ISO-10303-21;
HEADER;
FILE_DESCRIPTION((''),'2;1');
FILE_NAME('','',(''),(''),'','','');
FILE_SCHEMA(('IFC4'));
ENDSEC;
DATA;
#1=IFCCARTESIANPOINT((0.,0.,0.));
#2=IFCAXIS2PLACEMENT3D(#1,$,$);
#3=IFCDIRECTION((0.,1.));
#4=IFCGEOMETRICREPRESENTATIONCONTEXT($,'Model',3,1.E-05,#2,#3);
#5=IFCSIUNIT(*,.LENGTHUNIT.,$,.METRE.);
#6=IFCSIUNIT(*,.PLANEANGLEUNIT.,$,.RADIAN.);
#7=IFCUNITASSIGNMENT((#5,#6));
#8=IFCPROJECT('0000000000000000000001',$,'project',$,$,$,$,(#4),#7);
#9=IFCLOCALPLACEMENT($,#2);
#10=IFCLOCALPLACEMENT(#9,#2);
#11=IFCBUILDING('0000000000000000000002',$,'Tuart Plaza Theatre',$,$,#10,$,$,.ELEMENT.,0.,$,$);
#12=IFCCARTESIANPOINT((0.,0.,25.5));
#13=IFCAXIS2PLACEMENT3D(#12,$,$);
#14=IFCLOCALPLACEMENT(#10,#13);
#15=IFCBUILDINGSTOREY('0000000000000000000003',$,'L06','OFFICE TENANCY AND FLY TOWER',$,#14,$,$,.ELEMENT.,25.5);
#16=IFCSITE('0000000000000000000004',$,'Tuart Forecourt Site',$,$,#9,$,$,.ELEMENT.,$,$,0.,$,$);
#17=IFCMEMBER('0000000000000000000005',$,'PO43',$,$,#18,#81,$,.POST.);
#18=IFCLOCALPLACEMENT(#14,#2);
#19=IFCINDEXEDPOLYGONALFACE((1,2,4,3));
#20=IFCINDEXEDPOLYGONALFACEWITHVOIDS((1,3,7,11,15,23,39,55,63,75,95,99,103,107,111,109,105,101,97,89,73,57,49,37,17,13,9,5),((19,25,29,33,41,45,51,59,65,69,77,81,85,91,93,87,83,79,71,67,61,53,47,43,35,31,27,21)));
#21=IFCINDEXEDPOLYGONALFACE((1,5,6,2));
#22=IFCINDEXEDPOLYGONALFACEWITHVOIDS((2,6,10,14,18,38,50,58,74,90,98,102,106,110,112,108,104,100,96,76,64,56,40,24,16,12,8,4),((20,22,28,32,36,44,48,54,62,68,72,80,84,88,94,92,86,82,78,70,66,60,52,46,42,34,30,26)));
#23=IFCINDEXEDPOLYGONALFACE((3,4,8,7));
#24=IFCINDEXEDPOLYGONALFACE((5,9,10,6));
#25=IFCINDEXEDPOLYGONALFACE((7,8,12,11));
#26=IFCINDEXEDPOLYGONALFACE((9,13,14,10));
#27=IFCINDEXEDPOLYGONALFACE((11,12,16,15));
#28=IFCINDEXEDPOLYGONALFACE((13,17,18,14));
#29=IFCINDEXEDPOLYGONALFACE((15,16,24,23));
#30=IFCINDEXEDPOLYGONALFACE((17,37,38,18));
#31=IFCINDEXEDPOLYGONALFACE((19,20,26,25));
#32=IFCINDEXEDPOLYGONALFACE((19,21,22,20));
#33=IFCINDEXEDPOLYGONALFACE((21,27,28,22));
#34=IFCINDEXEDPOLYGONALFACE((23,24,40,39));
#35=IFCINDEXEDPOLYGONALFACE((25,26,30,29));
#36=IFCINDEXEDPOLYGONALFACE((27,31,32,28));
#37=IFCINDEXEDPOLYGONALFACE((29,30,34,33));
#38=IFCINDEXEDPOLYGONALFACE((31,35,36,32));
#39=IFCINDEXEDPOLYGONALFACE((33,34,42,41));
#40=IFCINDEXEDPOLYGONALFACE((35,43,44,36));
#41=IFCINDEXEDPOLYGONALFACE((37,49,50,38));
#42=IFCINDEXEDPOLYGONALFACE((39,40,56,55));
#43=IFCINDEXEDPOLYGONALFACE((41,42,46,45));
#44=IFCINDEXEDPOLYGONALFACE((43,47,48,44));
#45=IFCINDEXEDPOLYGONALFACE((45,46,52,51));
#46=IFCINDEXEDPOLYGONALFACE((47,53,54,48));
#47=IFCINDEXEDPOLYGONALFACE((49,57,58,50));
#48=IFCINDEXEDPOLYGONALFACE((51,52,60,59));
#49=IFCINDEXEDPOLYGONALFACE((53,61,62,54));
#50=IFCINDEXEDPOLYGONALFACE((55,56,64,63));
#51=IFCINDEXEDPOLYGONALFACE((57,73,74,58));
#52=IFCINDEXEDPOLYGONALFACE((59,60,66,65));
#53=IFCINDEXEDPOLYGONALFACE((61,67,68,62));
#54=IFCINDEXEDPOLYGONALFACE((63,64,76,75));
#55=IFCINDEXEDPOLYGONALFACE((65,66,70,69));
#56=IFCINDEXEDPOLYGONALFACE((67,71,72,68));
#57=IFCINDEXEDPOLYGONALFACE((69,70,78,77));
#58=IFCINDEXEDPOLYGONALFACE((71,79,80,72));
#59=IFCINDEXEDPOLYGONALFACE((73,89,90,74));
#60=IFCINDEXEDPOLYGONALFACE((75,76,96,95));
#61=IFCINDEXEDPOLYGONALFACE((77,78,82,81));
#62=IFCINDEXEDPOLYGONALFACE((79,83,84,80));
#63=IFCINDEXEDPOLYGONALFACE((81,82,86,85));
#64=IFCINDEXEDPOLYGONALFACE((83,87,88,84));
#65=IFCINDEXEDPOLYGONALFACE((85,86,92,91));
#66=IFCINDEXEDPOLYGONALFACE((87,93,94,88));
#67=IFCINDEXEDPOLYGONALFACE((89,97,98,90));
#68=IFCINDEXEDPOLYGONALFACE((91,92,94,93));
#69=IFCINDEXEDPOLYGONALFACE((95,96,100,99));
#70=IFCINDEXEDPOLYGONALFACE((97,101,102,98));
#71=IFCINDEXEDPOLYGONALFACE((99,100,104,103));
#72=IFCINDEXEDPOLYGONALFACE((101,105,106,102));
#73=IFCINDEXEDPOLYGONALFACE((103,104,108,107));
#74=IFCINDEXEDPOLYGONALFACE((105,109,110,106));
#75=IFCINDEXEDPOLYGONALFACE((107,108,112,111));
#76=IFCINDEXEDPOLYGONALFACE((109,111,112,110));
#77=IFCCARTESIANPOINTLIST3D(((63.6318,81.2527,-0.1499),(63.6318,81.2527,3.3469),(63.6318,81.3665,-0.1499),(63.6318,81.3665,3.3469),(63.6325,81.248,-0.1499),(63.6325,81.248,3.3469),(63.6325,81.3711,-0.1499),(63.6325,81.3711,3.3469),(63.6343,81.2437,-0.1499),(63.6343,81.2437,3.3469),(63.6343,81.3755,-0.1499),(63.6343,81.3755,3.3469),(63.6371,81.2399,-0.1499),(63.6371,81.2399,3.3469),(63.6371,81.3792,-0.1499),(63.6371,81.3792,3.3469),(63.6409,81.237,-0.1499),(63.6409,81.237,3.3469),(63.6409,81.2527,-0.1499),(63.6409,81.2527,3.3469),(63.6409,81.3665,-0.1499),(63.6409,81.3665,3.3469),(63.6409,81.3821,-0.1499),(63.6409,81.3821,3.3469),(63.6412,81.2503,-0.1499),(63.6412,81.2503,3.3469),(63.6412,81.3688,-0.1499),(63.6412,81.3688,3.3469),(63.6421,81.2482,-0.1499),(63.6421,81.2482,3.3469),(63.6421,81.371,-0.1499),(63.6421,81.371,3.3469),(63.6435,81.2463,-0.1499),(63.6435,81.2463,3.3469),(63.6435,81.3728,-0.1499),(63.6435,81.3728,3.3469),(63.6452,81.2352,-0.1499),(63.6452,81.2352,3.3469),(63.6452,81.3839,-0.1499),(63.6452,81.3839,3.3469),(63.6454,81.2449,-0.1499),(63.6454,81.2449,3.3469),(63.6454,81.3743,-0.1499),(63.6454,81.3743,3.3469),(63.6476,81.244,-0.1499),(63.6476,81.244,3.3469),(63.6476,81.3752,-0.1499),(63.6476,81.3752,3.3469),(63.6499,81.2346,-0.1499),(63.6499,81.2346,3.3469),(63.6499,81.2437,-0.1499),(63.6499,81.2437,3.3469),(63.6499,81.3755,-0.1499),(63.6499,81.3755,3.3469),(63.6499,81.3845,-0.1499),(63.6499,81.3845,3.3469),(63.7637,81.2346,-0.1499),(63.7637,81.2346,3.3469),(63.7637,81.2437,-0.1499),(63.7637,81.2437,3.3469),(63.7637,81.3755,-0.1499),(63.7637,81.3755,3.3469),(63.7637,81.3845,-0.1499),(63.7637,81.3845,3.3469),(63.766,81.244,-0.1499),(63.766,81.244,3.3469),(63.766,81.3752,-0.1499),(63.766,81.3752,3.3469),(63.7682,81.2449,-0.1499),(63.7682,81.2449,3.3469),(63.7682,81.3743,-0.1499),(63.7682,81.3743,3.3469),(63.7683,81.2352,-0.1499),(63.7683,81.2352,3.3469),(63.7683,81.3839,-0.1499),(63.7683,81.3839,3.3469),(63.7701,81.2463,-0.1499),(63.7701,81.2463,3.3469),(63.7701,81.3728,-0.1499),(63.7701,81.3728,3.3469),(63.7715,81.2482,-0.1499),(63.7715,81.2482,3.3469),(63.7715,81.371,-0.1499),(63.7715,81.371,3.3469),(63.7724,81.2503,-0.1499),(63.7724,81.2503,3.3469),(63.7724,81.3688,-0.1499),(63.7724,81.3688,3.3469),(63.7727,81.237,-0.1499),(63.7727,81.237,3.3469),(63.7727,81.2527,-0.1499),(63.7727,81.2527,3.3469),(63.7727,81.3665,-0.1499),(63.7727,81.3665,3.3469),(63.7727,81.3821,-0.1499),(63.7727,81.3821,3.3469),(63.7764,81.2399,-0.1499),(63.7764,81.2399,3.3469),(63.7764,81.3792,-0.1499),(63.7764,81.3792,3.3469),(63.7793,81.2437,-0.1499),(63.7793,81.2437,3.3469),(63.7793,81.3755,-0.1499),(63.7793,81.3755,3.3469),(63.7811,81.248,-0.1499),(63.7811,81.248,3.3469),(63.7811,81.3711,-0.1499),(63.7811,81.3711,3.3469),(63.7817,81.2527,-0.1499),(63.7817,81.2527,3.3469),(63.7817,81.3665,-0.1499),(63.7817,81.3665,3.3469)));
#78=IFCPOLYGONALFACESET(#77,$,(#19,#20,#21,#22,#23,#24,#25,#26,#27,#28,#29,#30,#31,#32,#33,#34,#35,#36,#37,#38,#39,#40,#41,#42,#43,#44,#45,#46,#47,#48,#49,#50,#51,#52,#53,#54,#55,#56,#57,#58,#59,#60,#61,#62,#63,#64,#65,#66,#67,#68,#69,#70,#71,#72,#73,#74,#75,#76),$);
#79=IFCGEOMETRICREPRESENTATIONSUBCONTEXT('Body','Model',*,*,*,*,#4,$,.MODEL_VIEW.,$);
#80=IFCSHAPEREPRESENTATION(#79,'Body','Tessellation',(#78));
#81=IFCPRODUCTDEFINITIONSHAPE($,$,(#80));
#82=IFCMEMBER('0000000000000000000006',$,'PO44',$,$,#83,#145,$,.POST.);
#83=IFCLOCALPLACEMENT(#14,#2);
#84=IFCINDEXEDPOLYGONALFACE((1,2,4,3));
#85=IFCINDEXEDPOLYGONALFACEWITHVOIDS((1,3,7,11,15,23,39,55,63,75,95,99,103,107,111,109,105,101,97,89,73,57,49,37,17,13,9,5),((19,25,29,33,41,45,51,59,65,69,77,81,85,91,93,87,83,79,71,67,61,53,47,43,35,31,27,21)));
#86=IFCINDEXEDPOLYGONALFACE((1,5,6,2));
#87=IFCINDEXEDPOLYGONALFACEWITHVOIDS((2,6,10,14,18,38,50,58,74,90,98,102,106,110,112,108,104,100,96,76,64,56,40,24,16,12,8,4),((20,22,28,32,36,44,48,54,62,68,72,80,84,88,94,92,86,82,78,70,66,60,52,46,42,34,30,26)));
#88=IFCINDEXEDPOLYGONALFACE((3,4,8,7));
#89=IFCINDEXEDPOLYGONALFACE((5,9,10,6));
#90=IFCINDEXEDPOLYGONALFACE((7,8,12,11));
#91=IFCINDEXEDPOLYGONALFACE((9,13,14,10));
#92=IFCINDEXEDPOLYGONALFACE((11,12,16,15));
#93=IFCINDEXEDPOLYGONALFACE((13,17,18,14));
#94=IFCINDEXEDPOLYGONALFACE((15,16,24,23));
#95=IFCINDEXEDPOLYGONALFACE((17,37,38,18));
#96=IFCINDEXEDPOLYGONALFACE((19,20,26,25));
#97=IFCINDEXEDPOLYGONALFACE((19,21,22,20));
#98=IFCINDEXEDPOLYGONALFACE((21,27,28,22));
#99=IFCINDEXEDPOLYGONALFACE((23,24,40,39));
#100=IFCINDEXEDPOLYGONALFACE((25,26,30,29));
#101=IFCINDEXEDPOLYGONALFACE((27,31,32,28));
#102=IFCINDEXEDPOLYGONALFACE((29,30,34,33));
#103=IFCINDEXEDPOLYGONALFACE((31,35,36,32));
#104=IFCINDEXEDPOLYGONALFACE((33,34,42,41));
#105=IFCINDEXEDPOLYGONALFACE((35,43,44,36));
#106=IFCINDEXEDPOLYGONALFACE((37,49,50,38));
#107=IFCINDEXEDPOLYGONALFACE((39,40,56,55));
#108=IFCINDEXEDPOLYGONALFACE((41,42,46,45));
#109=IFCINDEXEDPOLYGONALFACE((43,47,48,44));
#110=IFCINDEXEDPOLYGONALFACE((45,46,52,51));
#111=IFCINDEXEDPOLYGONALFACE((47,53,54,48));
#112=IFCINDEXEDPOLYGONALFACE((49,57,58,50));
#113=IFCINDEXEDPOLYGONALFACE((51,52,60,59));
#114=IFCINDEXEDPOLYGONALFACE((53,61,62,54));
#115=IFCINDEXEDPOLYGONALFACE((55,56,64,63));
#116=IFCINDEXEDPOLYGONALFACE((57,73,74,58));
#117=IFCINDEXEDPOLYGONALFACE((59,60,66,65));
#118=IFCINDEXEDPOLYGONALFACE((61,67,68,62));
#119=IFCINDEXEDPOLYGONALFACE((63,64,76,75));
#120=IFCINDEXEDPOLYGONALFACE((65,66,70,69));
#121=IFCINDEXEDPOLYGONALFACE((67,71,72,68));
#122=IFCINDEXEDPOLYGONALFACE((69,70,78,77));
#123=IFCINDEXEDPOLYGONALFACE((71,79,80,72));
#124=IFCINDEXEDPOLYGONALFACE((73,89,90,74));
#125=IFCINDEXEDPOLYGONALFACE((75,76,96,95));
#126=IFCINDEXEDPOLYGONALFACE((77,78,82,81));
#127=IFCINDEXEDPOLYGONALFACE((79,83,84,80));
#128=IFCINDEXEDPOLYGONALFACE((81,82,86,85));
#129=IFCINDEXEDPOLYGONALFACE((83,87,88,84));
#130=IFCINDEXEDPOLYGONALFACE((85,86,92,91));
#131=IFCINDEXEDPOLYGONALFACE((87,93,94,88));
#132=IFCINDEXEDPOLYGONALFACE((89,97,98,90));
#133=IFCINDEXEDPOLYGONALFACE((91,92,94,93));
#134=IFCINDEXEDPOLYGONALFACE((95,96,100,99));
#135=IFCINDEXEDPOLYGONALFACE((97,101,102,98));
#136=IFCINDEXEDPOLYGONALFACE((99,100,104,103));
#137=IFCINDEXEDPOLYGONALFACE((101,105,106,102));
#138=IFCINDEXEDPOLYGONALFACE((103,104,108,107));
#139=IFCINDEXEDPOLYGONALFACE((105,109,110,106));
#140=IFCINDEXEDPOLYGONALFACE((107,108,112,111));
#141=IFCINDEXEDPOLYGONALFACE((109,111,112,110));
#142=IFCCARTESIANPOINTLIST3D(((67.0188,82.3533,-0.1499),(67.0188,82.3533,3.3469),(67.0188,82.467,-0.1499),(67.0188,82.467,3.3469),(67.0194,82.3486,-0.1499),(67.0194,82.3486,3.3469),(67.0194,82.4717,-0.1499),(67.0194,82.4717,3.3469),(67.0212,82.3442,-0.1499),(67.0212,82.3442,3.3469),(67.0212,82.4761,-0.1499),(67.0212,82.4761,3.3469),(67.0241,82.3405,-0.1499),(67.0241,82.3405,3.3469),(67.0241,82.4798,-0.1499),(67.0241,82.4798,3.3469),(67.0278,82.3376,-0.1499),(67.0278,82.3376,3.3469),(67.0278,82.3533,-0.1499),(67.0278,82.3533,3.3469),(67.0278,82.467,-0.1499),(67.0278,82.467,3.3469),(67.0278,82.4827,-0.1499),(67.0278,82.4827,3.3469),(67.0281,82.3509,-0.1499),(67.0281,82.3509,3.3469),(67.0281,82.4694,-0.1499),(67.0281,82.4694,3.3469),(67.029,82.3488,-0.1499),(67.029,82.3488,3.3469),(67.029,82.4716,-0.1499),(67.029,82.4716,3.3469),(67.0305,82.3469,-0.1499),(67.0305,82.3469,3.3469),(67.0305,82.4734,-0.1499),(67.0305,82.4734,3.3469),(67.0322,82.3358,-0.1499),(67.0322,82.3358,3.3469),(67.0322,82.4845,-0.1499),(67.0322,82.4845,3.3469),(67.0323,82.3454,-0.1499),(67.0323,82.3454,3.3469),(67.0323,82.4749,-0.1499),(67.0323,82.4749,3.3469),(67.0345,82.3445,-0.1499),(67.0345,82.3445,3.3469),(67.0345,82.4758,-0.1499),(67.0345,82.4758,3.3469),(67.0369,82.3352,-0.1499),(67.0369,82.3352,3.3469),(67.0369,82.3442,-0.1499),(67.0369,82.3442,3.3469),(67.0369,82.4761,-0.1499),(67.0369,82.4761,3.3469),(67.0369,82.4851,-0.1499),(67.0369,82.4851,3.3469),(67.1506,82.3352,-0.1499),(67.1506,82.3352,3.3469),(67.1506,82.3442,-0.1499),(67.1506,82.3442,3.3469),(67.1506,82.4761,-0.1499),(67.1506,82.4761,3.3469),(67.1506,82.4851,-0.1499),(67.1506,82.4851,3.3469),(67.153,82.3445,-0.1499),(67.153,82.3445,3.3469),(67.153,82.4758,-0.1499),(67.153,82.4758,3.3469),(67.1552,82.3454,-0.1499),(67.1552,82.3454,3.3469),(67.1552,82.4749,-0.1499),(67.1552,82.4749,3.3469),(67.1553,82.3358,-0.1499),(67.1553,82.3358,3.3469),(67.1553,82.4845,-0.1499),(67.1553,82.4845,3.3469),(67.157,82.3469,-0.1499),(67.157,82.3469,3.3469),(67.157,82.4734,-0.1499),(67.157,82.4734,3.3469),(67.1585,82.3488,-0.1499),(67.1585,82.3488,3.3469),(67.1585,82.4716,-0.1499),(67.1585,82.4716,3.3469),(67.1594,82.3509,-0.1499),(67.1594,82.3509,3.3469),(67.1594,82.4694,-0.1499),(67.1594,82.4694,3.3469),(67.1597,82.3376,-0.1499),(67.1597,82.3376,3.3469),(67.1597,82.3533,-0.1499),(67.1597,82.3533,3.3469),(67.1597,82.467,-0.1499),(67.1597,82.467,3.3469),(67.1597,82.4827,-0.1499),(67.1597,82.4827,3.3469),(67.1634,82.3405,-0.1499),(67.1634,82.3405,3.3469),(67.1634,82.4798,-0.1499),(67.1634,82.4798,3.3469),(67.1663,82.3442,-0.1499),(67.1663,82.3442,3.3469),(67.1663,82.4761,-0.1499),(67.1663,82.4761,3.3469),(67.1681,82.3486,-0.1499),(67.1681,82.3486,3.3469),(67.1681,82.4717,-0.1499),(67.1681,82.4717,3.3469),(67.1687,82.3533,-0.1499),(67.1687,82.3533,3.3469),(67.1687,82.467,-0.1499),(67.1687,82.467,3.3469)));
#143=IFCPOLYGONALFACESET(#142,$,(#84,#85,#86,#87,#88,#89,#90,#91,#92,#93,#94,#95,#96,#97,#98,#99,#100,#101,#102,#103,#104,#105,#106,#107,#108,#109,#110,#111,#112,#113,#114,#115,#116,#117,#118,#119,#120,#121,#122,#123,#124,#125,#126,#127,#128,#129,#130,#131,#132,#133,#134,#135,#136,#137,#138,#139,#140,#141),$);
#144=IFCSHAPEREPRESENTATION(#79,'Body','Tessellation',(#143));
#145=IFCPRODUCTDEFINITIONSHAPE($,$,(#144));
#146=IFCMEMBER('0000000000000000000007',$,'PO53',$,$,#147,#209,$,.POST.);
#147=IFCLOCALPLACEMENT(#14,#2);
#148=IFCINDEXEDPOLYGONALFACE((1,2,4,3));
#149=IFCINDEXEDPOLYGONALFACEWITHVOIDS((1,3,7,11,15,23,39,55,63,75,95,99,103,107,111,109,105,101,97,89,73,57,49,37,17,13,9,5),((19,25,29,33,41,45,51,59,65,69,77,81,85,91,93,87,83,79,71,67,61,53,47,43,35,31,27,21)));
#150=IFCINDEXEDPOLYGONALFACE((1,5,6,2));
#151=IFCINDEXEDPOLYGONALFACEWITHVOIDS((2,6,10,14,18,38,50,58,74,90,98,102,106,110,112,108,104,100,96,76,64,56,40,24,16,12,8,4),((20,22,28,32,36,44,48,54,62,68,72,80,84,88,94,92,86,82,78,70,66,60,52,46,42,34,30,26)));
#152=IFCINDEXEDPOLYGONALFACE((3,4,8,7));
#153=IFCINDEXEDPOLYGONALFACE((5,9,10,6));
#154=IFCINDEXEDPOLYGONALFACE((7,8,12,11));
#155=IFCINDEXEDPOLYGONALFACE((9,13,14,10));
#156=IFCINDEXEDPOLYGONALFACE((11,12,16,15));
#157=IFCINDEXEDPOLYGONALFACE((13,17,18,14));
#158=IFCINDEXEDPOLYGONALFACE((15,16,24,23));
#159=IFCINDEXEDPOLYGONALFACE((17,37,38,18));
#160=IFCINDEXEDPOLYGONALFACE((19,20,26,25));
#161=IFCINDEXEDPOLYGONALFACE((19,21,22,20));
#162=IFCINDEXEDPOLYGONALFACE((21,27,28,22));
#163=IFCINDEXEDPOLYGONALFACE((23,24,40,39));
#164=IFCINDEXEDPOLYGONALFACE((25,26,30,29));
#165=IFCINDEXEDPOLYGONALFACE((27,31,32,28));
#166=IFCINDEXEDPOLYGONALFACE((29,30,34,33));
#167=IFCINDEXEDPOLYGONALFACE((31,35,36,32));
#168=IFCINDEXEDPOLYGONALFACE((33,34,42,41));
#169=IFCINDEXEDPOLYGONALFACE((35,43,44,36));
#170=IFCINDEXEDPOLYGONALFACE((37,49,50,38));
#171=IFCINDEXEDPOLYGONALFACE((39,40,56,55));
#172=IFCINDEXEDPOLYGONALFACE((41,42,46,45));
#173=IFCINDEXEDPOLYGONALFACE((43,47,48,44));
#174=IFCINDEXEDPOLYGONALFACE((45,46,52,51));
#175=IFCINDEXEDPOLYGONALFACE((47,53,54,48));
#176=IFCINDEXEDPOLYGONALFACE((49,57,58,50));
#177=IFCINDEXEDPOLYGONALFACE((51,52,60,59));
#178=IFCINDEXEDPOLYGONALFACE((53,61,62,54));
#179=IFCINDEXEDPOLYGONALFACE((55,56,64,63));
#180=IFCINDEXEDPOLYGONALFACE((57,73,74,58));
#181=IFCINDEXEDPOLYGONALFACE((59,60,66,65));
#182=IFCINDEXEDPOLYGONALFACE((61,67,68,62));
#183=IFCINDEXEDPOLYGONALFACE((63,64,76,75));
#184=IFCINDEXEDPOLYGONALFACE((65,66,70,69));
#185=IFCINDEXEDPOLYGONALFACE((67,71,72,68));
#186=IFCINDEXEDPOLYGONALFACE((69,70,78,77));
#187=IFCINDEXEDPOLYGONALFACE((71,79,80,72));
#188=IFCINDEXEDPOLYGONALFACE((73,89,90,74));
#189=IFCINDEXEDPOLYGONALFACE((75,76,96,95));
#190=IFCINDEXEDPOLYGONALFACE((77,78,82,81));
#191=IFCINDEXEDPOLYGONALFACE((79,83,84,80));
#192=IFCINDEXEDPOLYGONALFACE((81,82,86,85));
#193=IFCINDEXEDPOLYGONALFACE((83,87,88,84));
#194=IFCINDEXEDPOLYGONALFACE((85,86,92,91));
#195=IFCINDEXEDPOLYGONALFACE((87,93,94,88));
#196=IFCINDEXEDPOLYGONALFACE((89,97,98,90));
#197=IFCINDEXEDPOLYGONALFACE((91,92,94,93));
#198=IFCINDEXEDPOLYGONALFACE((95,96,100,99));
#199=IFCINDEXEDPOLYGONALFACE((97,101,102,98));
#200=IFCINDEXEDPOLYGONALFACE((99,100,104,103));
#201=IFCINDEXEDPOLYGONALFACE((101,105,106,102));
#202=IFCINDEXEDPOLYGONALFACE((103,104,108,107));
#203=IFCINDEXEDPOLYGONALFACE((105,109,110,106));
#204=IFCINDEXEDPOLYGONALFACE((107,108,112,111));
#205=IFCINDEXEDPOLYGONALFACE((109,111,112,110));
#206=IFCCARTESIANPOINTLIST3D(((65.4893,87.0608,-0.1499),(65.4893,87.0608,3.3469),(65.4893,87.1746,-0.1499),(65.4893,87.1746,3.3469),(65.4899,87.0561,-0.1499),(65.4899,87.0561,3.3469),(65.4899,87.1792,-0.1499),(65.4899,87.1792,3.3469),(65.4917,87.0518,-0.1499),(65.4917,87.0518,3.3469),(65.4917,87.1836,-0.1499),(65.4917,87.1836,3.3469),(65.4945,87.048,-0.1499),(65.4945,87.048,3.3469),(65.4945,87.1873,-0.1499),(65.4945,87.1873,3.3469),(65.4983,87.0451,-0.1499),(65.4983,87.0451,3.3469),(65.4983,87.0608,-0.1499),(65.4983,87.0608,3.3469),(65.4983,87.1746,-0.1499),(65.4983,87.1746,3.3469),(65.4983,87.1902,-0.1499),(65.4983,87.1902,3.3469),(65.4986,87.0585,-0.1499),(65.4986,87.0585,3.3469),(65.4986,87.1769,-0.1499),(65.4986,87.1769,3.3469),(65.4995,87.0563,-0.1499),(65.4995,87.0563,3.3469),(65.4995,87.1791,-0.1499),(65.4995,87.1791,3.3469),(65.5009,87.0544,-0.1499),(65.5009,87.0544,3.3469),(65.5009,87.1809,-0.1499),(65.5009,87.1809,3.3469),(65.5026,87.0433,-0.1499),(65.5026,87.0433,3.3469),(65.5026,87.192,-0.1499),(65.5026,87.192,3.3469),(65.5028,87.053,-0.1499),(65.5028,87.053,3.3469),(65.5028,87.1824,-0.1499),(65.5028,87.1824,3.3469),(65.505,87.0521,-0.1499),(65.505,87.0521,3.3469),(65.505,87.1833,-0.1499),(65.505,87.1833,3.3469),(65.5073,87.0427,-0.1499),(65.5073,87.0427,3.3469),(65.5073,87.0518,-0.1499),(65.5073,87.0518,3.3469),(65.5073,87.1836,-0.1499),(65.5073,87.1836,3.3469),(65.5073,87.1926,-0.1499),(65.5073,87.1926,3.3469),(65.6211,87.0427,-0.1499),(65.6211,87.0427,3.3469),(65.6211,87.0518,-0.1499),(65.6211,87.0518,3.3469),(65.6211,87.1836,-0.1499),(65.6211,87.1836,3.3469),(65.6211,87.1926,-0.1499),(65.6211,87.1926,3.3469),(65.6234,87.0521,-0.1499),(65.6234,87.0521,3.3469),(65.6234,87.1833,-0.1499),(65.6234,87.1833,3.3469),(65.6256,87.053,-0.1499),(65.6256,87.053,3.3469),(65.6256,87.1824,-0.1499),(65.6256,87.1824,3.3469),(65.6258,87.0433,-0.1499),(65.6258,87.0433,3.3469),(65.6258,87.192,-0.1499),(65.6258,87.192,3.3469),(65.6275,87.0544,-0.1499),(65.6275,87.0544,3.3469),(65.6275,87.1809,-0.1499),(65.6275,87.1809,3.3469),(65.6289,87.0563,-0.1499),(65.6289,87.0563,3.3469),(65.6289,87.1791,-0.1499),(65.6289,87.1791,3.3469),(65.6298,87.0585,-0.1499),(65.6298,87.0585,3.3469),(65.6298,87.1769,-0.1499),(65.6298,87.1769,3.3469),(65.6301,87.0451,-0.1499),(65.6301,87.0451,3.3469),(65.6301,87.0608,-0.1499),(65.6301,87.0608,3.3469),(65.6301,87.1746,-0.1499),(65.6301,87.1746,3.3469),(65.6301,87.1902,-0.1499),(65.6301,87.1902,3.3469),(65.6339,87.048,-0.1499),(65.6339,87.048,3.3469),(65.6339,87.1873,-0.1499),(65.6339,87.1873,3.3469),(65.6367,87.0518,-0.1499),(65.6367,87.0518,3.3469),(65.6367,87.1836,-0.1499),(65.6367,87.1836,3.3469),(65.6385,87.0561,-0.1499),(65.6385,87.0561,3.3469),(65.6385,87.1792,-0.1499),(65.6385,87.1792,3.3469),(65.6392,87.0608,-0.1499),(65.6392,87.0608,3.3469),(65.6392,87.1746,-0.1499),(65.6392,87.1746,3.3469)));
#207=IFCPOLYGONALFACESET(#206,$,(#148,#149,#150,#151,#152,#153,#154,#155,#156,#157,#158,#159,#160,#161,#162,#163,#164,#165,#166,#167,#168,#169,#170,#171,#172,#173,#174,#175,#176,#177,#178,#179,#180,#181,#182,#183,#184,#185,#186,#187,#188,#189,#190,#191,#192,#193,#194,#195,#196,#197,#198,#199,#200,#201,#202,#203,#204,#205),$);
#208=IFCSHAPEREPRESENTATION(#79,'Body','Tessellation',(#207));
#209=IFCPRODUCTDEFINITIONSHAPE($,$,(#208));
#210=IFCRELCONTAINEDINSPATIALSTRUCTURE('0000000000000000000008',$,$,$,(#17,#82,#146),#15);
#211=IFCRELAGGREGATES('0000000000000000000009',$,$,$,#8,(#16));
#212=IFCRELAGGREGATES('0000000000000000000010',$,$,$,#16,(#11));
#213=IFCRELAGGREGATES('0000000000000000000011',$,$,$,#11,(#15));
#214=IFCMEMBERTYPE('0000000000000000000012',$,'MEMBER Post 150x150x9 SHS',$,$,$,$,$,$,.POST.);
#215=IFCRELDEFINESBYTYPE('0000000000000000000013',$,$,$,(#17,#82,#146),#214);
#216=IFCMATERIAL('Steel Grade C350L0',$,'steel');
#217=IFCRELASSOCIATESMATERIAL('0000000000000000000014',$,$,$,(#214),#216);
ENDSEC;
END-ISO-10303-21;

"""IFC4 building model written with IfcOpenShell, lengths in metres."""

from ifc_helpers import new_model, si_unit, direction, frame, origin, origin_2d, place, context, subcontext, project, spatial, hollow_rectangle, extrude, material, material_profile, profile_set, type_object, element, save


model = new_model("IFC4")

# Units and contexts
model_context = context("Model", 3, precision=1e-05, world=origin(), true_north=direction((0.0, 1.0)))
body_context = subcontext(model_context, "Body", "Model", "MODEL_VIEW")
ifc_project = project(units=[si_unit("LENGTHUNIT", "METRE"), si_unit("PLANEANGLEUNIT", "RADIAN")], contexts=[model_context])

# Site, building, storey
site_placement = place(None, origin())
site = spatial("IfcSite", under=ifc_project, at=site_placement, Name="Tuart Forecourt Site", CompositionType="ELEMENT", RefElevation=0.0)
building_placement = place(site_placement, origin())
building = spatial("IfcBuilding", under=site, at=building_placement, Name="Tuart Plaza Theatre", CompositionType="ELEMENT", ElevationOfRefHeight=0.0)
storey_placement = place(building_placement, frame((0.0, 0.0, 25.5)))
storey = spatial("IfcBuildingStorey", under=building, at=storey_placement, Name="L06", Description="OFFICE TENANCY AND FLY TOWER", CompositionType="ELEMENT", Elevation=25.5)

# Members
ifc_material_1 = material(Name="Steel Grade C350L0", Category="steel")
ifc_material_profile_1 = material_profile(ifc_material_1, hollow_rectangle(XDim=0.1499, YDim=0.1499, WallThickness=0.009, InnerFilletRadius=0.009, OuterFilletRadius=0.0181, at=origin_2d()), Name="150x150x9 SHS")
ifc_profile_set_1 = profile_set([ifc_material_profile_1], Name="Steel Grade C350L0")
member_type_1 = type_object("IfcMemberType", Name="MEMBER Post 150x150x9 SHS", PredefinedType="POST", material=ifc_profile_set_1)
for number, where, z_axis, x_axis, name in (
    (1, (63.7068, 81.3096, -0.1499), (0.0, 0.0, 1.0), (1.0, 0.0, 0.0), "PO43"),
    (2, (67.0938, 82.4102, -0.1499), (0.0, 0.0, 1.0), (1.0, 0.0, 0.0), "PO44"),
    (3, (65.5642, 87.1177, -0.1499), (0.0, 0.0, 1.0), (1.0, 0.0, 0.0), "PO53"),
):
    element("IfcMember", number, at=place(storey_placement, frame(where, z_axis=z_axis, x_axis=x_axis)), inside=storey, type_object=member_type_1, Name=name, PredefinedType="POST", context=body_context, shape_type="SweptSolid", body=[
        extrude(hollow_rectangle(XDim=0.1499, YDim=0.1499, WallThickness=0.009, InnerFilletRadius=0.009, OuterFilletRadius=0.0181, at=origin_2d()), origin(), (0.0, 0.0, 1.0), 3.4968),
    ])

save(model, "model.ifc")
